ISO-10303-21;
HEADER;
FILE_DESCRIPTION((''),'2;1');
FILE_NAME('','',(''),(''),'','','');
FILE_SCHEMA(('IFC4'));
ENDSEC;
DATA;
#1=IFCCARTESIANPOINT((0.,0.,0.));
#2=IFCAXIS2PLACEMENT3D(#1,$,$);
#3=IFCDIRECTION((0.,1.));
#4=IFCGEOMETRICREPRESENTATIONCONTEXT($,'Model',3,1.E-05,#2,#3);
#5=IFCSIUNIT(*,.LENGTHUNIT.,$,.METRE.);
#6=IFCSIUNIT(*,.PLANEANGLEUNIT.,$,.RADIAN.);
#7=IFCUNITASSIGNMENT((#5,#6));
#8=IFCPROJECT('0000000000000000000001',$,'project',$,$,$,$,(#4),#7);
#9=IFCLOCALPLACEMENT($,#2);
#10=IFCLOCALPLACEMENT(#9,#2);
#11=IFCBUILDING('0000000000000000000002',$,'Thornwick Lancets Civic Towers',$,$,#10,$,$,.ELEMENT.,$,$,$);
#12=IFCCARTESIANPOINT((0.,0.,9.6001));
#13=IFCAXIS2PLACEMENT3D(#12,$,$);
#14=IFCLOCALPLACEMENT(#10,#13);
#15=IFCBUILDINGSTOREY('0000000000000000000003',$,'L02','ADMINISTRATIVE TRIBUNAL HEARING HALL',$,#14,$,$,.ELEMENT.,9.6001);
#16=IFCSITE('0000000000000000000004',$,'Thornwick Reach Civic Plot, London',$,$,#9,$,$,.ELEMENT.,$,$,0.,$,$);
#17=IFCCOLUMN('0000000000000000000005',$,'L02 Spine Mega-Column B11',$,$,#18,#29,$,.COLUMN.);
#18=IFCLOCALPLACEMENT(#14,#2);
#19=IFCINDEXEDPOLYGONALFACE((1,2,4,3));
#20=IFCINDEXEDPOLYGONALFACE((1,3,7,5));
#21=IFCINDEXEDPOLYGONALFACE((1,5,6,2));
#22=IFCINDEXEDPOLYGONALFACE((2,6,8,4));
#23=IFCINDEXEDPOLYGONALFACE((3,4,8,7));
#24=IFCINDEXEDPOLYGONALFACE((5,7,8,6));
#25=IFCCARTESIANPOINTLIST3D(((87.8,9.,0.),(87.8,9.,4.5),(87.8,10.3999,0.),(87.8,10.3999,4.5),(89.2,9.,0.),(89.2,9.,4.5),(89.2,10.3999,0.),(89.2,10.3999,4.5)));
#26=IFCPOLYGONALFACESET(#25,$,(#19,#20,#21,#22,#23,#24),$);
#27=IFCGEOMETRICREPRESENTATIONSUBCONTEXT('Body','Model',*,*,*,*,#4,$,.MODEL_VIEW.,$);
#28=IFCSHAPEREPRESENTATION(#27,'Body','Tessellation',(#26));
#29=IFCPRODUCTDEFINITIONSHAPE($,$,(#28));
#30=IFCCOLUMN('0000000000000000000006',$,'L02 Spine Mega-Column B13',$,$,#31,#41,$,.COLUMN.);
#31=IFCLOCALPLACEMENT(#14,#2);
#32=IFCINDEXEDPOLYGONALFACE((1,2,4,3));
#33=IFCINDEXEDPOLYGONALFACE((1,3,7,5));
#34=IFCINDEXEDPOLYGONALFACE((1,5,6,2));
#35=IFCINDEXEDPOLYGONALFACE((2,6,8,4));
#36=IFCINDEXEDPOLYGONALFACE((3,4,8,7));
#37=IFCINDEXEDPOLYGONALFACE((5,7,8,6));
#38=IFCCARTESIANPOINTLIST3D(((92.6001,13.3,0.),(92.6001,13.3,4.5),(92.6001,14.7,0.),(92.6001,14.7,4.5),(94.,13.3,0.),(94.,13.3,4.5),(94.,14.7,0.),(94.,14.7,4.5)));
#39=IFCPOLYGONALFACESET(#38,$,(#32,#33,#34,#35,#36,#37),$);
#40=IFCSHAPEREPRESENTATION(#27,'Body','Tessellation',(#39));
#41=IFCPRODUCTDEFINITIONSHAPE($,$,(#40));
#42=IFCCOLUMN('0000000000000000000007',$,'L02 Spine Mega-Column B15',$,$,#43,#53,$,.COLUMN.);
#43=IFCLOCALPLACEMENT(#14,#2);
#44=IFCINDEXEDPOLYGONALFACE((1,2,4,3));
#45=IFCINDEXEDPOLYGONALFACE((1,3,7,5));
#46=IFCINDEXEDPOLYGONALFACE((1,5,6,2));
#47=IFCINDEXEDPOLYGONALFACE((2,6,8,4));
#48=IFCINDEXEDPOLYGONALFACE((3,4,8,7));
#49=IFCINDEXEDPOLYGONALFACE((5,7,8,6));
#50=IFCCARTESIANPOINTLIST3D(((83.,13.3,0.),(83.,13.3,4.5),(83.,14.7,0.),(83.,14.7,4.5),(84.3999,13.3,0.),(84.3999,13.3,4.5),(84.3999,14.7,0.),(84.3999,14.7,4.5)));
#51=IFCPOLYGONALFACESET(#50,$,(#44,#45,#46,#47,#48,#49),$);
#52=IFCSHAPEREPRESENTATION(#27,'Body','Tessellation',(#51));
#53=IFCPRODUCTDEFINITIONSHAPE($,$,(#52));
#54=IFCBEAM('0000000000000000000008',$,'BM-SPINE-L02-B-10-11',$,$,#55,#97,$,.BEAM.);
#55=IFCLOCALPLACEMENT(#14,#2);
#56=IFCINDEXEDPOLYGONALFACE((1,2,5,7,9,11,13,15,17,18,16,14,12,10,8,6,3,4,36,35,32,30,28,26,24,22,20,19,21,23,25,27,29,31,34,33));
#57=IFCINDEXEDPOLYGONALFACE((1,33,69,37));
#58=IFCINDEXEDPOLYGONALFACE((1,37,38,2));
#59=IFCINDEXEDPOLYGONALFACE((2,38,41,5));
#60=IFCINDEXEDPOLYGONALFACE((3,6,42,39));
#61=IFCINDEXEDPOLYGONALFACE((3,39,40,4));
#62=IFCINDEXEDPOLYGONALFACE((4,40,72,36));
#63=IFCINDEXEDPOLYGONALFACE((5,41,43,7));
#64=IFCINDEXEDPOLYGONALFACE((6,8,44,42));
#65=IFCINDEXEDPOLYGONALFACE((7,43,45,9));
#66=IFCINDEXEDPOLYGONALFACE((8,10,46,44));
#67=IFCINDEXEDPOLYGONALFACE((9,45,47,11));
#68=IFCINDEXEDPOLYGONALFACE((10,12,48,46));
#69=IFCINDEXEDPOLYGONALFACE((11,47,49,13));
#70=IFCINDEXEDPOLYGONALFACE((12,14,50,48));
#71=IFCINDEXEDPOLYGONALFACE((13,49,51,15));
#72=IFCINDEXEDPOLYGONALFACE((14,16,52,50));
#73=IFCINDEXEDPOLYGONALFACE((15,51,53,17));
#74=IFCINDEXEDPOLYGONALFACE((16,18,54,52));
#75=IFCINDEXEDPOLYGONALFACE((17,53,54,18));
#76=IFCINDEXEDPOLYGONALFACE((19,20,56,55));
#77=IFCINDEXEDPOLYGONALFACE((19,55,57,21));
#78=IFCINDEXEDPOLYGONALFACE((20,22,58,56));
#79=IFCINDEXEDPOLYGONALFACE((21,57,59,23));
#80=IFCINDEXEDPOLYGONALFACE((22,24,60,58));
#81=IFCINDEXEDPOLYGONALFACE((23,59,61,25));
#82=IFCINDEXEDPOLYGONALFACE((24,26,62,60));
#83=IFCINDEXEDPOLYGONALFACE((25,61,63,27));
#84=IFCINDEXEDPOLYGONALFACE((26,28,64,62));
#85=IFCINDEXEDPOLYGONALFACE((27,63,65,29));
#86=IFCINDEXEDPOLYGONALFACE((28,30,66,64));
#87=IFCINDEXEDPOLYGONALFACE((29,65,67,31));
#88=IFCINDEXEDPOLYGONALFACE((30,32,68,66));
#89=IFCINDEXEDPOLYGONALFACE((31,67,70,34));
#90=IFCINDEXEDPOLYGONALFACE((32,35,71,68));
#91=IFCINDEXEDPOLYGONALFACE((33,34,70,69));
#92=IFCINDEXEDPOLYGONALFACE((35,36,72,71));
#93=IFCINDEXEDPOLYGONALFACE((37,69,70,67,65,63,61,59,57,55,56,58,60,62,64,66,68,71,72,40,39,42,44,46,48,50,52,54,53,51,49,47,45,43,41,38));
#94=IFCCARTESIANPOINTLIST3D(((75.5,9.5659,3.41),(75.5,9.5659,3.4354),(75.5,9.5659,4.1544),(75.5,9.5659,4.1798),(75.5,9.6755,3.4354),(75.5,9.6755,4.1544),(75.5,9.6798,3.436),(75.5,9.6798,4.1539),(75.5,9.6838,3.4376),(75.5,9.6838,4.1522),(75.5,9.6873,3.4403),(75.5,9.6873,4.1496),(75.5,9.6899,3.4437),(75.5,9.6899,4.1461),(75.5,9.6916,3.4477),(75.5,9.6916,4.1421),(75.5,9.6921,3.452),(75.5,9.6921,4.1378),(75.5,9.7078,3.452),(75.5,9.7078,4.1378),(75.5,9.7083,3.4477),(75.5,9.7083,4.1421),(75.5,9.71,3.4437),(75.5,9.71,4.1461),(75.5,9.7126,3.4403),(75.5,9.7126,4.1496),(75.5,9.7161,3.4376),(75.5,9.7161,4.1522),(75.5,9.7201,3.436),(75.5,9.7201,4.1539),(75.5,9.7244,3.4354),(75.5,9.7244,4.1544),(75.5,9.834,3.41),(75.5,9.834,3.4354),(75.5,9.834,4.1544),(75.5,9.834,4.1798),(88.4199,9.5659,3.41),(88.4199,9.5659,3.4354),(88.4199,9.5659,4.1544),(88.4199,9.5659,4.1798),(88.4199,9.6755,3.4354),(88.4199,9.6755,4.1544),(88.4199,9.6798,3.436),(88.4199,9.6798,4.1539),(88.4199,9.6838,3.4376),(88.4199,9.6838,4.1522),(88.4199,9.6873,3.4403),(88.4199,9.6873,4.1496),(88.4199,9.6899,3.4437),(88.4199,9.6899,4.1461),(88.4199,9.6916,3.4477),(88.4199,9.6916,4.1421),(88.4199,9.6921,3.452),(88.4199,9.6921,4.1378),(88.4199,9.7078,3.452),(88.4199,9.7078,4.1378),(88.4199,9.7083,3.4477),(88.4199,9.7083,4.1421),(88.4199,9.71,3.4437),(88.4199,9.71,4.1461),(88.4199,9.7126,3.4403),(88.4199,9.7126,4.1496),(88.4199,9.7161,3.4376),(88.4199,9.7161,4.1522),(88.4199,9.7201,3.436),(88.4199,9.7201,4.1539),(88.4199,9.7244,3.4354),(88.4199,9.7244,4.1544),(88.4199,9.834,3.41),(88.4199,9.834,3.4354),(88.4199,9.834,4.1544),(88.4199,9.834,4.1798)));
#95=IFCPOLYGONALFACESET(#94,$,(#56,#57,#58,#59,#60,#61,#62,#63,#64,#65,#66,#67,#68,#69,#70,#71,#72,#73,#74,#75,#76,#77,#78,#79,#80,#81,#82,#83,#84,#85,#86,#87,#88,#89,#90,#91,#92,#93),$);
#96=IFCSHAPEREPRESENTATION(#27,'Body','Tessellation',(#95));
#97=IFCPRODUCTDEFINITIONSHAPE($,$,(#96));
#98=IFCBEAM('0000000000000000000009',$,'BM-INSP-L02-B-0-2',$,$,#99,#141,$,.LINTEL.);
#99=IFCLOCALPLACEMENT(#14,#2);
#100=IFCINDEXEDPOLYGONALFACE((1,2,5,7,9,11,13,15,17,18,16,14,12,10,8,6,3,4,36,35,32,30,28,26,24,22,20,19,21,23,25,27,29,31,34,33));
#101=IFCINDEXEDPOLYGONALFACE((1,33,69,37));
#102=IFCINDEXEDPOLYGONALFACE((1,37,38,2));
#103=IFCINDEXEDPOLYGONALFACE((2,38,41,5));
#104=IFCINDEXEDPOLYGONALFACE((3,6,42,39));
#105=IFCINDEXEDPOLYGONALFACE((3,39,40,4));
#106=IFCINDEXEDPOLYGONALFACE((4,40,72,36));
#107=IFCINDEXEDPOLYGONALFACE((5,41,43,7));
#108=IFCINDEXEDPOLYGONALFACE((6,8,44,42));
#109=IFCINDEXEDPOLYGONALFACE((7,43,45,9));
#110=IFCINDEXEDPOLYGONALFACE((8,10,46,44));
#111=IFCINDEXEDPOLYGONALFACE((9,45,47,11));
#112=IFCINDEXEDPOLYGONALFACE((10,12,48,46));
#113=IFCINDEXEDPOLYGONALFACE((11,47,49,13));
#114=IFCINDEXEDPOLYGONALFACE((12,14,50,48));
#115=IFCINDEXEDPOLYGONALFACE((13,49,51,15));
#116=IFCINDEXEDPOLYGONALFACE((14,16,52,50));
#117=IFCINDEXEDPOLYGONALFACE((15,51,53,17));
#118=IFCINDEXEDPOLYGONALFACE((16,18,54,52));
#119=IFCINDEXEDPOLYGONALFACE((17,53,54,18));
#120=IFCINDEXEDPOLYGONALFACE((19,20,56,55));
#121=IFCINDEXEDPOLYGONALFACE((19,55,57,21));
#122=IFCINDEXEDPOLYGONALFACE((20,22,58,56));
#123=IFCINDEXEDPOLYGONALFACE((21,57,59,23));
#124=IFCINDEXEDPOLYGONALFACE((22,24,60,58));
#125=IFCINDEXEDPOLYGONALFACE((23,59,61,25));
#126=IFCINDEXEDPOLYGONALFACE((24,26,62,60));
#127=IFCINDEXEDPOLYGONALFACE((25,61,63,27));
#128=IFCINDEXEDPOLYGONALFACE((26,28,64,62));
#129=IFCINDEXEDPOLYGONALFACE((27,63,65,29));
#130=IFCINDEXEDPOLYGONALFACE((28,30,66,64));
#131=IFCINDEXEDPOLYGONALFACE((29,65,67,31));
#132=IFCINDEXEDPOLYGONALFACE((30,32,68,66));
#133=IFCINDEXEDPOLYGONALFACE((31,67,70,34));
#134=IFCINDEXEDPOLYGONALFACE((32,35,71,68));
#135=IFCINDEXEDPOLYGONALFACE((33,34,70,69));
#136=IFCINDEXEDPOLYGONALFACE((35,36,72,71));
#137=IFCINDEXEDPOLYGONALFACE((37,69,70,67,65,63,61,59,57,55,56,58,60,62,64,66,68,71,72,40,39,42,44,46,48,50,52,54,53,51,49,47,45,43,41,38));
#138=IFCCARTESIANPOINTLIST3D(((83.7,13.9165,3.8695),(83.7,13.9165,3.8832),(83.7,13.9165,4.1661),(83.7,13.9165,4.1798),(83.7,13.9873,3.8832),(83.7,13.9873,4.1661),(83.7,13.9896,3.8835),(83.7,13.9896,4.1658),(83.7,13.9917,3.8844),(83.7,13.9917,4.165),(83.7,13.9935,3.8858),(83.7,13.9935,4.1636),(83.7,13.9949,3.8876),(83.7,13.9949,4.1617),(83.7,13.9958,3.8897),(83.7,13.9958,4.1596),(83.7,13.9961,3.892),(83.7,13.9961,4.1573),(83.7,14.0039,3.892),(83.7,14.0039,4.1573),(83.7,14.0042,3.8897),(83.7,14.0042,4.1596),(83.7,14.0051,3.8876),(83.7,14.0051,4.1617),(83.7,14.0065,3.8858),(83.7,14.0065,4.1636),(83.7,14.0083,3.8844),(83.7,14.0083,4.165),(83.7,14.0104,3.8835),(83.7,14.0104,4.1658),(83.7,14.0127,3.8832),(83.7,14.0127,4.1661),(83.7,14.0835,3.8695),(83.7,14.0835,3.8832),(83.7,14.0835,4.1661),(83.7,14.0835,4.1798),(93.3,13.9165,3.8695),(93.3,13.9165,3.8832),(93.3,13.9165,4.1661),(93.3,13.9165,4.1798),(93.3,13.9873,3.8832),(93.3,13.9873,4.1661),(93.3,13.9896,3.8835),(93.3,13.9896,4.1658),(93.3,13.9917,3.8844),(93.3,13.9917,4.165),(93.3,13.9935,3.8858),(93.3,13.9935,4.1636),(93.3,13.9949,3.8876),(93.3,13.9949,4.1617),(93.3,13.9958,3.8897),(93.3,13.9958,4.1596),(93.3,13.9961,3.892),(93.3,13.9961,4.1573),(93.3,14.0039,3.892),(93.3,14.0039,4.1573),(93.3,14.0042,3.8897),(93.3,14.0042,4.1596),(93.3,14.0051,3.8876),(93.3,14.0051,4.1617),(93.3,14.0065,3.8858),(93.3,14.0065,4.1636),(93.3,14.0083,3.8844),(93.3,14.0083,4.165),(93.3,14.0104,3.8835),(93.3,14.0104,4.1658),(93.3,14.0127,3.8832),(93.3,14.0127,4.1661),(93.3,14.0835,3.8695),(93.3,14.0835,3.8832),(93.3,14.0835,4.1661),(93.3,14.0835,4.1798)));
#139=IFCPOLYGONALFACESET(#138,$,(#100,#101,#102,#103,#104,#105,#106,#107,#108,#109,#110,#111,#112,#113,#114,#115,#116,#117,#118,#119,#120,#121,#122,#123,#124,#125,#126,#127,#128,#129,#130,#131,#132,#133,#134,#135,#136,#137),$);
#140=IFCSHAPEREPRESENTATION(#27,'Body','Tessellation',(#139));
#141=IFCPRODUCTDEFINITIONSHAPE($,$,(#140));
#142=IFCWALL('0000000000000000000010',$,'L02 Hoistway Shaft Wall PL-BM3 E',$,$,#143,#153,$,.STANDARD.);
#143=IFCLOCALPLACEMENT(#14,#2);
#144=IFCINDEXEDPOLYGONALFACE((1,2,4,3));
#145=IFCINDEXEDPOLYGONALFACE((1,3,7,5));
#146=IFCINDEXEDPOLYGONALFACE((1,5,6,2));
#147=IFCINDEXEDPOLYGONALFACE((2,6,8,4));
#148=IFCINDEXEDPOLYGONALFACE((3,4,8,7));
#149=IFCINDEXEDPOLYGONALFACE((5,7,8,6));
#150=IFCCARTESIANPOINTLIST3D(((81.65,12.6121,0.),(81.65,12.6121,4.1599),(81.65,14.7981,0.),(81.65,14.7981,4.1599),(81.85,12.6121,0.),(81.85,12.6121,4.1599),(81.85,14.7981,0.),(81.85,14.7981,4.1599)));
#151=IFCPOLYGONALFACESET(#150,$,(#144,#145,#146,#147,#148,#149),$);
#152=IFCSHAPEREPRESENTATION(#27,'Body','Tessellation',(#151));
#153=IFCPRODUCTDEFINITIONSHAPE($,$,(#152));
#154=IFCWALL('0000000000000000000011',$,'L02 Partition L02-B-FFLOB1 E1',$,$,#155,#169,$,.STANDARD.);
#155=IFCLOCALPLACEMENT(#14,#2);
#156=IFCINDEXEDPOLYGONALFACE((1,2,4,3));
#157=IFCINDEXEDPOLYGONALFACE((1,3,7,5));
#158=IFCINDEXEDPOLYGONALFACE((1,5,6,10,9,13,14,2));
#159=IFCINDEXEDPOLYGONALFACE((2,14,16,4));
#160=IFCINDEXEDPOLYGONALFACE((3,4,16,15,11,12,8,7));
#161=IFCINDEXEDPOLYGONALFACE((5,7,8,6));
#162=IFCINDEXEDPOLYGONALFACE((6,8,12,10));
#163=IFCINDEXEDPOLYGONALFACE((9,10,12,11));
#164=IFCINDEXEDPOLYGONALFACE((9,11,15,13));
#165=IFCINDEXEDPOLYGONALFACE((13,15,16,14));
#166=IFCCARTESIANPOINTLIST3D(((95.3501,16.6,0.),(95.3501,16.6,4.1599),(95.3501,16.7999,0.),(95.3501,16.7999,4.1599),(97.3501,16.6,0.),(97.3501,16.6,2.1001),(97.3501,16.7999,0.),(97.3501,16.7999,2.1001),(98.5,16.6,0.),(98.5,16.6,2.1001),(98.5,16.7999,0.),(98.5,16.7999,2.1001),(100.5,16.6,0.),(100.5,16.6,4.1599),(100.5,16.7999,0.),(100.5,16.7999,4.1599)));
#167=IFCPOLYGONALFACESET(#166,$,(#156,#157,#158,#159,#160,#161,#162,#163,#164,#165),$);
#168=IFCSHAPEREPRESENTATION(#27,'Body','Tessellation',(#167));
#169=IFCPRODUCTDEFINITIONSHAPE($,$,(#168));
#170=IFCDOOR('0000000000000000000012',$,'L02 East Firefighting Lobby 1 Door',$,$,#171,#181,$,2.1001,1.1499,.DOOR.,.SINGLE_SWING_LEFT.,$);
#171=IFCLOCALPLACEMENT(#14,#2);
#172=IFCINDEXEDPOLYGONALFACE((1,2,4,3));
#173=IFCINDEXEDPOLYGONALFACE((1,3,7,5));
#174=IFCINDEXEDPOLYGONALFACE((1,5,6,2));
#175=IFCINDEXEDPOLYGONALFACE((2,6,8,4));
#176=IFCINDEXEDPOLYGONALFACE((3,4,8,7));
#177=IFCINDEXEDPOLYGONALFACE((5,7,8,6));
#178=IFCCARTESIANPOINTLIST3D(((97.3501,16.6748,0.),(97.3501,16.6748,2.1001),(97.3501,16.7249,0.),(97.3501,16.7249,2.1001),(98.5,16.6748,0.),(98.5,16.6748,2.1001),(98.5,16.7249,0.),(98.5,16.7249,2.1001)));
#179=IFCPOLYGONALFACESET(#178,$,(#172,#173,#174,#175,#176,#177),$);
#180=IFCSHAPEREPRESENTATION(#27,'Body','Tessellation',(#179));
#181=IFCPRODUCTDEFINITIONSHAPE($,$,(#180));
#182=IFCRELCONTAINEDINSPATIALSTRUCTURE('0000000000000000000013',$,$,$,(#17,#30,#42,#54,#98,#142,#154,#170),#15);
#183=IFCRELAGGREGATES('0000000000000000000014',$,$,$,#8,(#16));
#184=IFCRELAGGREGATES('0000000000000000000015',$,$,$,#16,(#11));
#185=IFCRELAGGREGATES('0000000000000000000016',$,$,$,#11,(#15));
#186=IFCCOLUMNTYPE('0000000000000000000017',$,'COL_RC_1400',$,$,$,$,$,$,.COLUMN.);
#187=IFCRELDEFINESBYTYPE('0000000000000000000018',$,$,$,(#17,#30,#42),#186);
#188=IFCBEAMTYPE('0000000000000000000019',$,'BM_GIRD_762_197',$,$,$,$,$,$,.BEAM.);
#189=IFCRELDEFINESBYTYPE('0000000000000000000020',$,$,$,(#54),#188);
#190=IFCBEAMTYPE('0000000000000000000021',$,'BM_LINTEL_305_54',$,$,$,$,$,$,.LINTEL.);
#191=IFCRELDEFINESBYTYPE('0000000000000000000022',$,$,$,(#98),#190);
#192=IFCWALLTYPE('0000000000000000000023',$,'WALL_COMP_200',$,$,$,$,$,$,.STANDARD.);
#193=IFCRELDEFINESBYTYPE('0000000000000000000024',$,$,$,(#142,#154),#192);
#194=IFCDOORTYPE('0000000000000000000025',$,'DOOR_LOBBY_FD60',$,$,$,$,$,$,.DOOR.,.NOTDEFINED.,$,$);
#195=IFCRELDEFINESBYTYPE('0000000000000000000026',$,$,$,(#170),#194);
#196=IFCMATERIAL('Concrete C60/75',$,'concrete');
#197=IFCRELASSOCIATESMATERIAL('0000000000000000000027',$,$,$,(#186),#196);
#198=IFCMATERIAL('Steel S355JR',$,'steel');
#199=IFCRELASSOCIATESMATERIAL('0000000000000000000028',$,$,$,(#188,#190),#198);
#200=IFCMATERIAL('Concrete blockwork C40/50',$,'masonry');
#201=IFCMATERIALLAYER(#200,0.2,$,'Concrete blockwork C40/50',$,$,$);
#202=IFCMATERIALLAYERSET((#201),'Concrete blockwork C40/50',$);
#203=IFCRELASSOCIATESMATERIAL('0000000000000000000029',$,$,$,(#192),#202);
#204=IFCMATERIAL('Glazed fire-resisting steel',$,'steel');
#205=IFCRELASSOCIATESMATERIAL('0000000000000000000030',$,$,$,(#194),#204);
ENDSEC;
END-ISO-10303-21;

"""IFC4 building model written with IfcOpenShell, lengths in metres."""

from ifc_helpers import new_model, si_unit, direction, frame, frame_2d, origin, origin_2d, place, context, subcontext, project, spatial, rectangle, i_section, extrude, material, layer, layer_set, material_profile, profile_set, type_object, element, fill, save


model = new_model("IFC4")

# Units and contexts
model_context = context("Model", 3, precision=1e-05, world=origin(), true_north=direction((0.0, 1.0)))
body_context = subcontext(model_context, "Body", "Model", "MODEL_VIEW")
ifc_project = project(units=[si_unit("LENGTHUNIT", "METRE"), si_unit("PLANEANGLEUNIT", "RADIAN")], contexts=[model_context])

# Site, building, storey
site_placement = place(None, origin())
site = spatial("IfcSite", under=ifc_project, at=site_placement, Name="Thornwick Reach Civic Plot, London", CompositionType="ELEMENT", RefElevation=0.0)
building_placement = place(site_placement, origin())
building = spatial("IfcBuilding", under=site, at=building_placement, Name="Thornwick Lancets Civic Towers", CompositionType="ELEMENT")
storey_placement = place(building_placement, frame((0.0, 0.0, 9.6001)))
storey = spatial("IfcBuildingStorey", under=building, at=storey_placement, Name="L02", Description="ADMINISTRATIVE TRIBUNAL HEARING HALL", CompositionType="ELEMENT", Elevation=9.6001)

# Columns
ifc_material_1 = material(Name="Concrete C60/75", Category="concrete")
ifc_material_profile_1 = material_profile(ifc_material_1, rectangle(XDim=1.3999, YDim=1.3999, at=origin_2d()), Name="RC 1400x1400")
ifc_profile_set_1 = profile_set([ifc_material_profile_1], Name="Concrete C60/75")
column_type = type_object("IfcColumnType", Name="COL_RC_1400", PredefinedType="COLUMN", material=ifc_profile_set_1)
for number, where, z_axis, x_axis, name in (
    (1, (88.5, 9.7, 0.0), (0.0, 0.0, 1.0), (1.0, 0.0, 0.0), "L02 Spine Mega-Column B11"),
    (2, (93.3, 14.0, 0.0), (0.0, 0.0, 1.0), (1.0, 0.0, 0.0), "L02 Spine Mega-Column B13"),
    (3, (83.7, 14.0, 0.0), (0.0, 0.0, 1.0), (1.0, 0.0, 0.0), "L02 Spine Mega-Column B15"),
):
    element("IfcColumn", number, at=place(storey_placement, frame(where, z_axis=z_axis, x_axis=x_axis)), inside=storey, type_object=column_type, Name=name, PredefinedType="COLUMN", context=body_context, shape_type="SweptSolid", body=[
        extrude(rectangle(XDim=1.3999, YDim=1.3999, at=origin_2d()), origin(), (0.0, 0.0, 1.0), 4.5),
    ])

# Beams
ifc_material_2 = material(Name="Steel S355JR", Category="steel")
ifc_material_profile_2 = material_profile(ifc_material_2, i_section(OverallWidth=0.2681, OverallDepth=0.7698, WebThickness=0.0156, FlangeThickness=0.0254, FilletRadius=0.0166, at=origin_2d()), Name="UKB 762x267x197")
ifc_profile_set_2 = profile_set([ifc_material_profile_2], Name="Steel S355JR")
beam_type_1 = type_object("IfcBeamType", Name="BM_GIRD_762_197", PredefinedType="BEAM", material=ifc_profile_set_2)
beam_1_placement = place(storey_placement, frame((88.4199, 9.7, 3.7949), z_axis=(-1.0, 0.0, 0.0), x_axis=(0.0, -1.0, 0.0)))
element("IfcBeam", 4, at=beam_1_placement, inside=storey, type_object=beam_type_1, Name="BM-SPINE-L02-B-10-11", PredefinedType="BEAM", context=body_context, shape_type="SweptSolid", body=[
    extrude(i_section(OverallWidth=0.2681, OverallDepth=0.7698, WebThickness=0.0156, FlangeThickness=0.0254, FilletRadius=0.0166, at=origin_2d()), origin(), (0.0, 0.0, 1.0), 12.9199),
])
ifc_material_profile_3 = material_profile(ifc_material_2, i_section(OverallWidth=0.167, OverallDepth=0.3103, WebThickness=0.0078, FlangeThickness=0.0137, FilletRadius=0.0088, at=origin_2d()), Name="UKB 305x165x54")
ifc_profile_set_3 = profile_set([ifc_material_profile_3], Name="Steel S355JR")
beam_type_2 = type_object("IfcBeamType", Name="BM_LINTEL_305_54", PredefinedType="LINTEL", material=ifc_profile_set_3)
beam_2_placement = place(storey_placement, frame((93.3, 14.0, 4.0247), z_axis=(-1.0, 0.0, 0.0), x_axis=(0.0, -1.0, 0.0)))
element("IfcBeam", 5, at=beam_2_placement, inside=storey, type_object=beam_type_2, Name="BM-INSP-L02-B-0-2", PredefinedType="LINTEL", context=body_context, shape_type="SweptSolid", body=[
    extrude(i_section(OverallWidth=0.167, OverallDepth=0.3103, WebThickness=0.0078, FlangeThickness=0.0137, FilletRadius=0.0088, at=origin_2d()), origin(), (0.0, 0.0, 1.0), 9.6001),
])

# Wall
ifc_material_3 = material(Name="Concrete blockwork C40/50", Category="masonry")
ifc_layer_1 = layer(ifc_material_3, 0.2, Name="Concrete blockwork C40/50")
ifc_layer_set_1 = layer_set([ifc_layer_1], Name="Concrete blockwork C40/50")
wall_type_1 = type_object("IfcWallType", Name="WALL_COMP_200", PredefinedType="STANDARD", material=ifc_layer_set_1)
wall_1_placement = place(storey_placement, frame((81.75, 12.6121, 0.0), z_axis=(0.0, 0.0, 1.0), x_axis=(0.0, 1.0, 0.0)))
element("IfcWall", 6, at=wall_1_placement, inside=storey, type_object=wall_type_1, Name="L02 Hoistway Shaft Wall PL-BM3 E", PredefinedType="STANDARD", context=body_context, shape_type="SweptSolid", body=[
    extrude(rectangle(XDim=2.186, YDim=0.2, at=frame_2d((1.093, 0.0))), origin(), (0.0, 0.0, 1.0), 4.1599),
])

# Wall, opening, door
wall_2_placement = place(storey_placement, frame((95.3501, 16.7, 0.0), z_axis=(0.0, 0.0, 1.0), x_axis=(1.0, 0.0, 0.0)))
wall_2 = element("IfcWall", 7, at=wall_2_placement, inside=storey, type_object=wall_type_1, Name="L02 Partition L02-B-FFLOB1 E1", PredefinedType="STANDARD", context=body_context, shape_type="SweptSolid", body=[
    extrude(rectangle(XDim=5.1499, YDim=0.2, at=frame_2d((2.575, 0.0))), origin(), (0.0, 0.0, 1.0), 4.1599),
])
opening_1_placement = place(wall_2_placement, frame((2.0, 0.0, 0.0)))
opening_1 = element("IfcOpeningElement", 8, at=opening_1_placement, cuts=wall_2, PredefinedType="OPENING", context=body_context, shape_type="SweptSolid", body=[
    extrude(rectangle(XDim=1.1499, YDim=2.1001, at=frame_2d((0.575, 1.05))), frame((0.0, 0.1099, 0.0), z_axis=(0.0, -1.0, 0.0), x_axis=(1.0, 0.0, 0.0)), (0.0, 0.0, 1.0), 0.22),
])
ifc_material_4 = material(Name="Glazed fire-resisting steel", Category="steel")
door_type_1 = type_object("IfcDoorType", Name="DOOR_LOBBY_FD60", OperationType="NOTDEFINED", PredefinedType="DOOR", material=ifc_material_4)
door_1_placement = place(opening_1_placement, origin())
door_1 = element("IfcDoor", 9, at=door_1_placement, inside=storey, type_object=door_type_1, Name="L02 East Firefighting Lobby 1 Door", OperationType="SINGLE_SWING_LEFT", OverallHeight=2.1001, OverallWidth=1.1499, PredefinedType="DOOR", context=body_context, shape_type="SweptSolid", body=[
    extrude(rectangle(XDim=1.1499, YDim=2.1001, at=frame_2d((0.575, 1.05))), frame((0.0, 0.0249, 0.0), z_axis=(0.0, -1.0, 0.0), x_axis=(1.0, 0.0, 0.0)), (0.0, 0.0, 1.0), 0.05),
])
fill(opening_1, door_1)

save(model, "model.ifc")
